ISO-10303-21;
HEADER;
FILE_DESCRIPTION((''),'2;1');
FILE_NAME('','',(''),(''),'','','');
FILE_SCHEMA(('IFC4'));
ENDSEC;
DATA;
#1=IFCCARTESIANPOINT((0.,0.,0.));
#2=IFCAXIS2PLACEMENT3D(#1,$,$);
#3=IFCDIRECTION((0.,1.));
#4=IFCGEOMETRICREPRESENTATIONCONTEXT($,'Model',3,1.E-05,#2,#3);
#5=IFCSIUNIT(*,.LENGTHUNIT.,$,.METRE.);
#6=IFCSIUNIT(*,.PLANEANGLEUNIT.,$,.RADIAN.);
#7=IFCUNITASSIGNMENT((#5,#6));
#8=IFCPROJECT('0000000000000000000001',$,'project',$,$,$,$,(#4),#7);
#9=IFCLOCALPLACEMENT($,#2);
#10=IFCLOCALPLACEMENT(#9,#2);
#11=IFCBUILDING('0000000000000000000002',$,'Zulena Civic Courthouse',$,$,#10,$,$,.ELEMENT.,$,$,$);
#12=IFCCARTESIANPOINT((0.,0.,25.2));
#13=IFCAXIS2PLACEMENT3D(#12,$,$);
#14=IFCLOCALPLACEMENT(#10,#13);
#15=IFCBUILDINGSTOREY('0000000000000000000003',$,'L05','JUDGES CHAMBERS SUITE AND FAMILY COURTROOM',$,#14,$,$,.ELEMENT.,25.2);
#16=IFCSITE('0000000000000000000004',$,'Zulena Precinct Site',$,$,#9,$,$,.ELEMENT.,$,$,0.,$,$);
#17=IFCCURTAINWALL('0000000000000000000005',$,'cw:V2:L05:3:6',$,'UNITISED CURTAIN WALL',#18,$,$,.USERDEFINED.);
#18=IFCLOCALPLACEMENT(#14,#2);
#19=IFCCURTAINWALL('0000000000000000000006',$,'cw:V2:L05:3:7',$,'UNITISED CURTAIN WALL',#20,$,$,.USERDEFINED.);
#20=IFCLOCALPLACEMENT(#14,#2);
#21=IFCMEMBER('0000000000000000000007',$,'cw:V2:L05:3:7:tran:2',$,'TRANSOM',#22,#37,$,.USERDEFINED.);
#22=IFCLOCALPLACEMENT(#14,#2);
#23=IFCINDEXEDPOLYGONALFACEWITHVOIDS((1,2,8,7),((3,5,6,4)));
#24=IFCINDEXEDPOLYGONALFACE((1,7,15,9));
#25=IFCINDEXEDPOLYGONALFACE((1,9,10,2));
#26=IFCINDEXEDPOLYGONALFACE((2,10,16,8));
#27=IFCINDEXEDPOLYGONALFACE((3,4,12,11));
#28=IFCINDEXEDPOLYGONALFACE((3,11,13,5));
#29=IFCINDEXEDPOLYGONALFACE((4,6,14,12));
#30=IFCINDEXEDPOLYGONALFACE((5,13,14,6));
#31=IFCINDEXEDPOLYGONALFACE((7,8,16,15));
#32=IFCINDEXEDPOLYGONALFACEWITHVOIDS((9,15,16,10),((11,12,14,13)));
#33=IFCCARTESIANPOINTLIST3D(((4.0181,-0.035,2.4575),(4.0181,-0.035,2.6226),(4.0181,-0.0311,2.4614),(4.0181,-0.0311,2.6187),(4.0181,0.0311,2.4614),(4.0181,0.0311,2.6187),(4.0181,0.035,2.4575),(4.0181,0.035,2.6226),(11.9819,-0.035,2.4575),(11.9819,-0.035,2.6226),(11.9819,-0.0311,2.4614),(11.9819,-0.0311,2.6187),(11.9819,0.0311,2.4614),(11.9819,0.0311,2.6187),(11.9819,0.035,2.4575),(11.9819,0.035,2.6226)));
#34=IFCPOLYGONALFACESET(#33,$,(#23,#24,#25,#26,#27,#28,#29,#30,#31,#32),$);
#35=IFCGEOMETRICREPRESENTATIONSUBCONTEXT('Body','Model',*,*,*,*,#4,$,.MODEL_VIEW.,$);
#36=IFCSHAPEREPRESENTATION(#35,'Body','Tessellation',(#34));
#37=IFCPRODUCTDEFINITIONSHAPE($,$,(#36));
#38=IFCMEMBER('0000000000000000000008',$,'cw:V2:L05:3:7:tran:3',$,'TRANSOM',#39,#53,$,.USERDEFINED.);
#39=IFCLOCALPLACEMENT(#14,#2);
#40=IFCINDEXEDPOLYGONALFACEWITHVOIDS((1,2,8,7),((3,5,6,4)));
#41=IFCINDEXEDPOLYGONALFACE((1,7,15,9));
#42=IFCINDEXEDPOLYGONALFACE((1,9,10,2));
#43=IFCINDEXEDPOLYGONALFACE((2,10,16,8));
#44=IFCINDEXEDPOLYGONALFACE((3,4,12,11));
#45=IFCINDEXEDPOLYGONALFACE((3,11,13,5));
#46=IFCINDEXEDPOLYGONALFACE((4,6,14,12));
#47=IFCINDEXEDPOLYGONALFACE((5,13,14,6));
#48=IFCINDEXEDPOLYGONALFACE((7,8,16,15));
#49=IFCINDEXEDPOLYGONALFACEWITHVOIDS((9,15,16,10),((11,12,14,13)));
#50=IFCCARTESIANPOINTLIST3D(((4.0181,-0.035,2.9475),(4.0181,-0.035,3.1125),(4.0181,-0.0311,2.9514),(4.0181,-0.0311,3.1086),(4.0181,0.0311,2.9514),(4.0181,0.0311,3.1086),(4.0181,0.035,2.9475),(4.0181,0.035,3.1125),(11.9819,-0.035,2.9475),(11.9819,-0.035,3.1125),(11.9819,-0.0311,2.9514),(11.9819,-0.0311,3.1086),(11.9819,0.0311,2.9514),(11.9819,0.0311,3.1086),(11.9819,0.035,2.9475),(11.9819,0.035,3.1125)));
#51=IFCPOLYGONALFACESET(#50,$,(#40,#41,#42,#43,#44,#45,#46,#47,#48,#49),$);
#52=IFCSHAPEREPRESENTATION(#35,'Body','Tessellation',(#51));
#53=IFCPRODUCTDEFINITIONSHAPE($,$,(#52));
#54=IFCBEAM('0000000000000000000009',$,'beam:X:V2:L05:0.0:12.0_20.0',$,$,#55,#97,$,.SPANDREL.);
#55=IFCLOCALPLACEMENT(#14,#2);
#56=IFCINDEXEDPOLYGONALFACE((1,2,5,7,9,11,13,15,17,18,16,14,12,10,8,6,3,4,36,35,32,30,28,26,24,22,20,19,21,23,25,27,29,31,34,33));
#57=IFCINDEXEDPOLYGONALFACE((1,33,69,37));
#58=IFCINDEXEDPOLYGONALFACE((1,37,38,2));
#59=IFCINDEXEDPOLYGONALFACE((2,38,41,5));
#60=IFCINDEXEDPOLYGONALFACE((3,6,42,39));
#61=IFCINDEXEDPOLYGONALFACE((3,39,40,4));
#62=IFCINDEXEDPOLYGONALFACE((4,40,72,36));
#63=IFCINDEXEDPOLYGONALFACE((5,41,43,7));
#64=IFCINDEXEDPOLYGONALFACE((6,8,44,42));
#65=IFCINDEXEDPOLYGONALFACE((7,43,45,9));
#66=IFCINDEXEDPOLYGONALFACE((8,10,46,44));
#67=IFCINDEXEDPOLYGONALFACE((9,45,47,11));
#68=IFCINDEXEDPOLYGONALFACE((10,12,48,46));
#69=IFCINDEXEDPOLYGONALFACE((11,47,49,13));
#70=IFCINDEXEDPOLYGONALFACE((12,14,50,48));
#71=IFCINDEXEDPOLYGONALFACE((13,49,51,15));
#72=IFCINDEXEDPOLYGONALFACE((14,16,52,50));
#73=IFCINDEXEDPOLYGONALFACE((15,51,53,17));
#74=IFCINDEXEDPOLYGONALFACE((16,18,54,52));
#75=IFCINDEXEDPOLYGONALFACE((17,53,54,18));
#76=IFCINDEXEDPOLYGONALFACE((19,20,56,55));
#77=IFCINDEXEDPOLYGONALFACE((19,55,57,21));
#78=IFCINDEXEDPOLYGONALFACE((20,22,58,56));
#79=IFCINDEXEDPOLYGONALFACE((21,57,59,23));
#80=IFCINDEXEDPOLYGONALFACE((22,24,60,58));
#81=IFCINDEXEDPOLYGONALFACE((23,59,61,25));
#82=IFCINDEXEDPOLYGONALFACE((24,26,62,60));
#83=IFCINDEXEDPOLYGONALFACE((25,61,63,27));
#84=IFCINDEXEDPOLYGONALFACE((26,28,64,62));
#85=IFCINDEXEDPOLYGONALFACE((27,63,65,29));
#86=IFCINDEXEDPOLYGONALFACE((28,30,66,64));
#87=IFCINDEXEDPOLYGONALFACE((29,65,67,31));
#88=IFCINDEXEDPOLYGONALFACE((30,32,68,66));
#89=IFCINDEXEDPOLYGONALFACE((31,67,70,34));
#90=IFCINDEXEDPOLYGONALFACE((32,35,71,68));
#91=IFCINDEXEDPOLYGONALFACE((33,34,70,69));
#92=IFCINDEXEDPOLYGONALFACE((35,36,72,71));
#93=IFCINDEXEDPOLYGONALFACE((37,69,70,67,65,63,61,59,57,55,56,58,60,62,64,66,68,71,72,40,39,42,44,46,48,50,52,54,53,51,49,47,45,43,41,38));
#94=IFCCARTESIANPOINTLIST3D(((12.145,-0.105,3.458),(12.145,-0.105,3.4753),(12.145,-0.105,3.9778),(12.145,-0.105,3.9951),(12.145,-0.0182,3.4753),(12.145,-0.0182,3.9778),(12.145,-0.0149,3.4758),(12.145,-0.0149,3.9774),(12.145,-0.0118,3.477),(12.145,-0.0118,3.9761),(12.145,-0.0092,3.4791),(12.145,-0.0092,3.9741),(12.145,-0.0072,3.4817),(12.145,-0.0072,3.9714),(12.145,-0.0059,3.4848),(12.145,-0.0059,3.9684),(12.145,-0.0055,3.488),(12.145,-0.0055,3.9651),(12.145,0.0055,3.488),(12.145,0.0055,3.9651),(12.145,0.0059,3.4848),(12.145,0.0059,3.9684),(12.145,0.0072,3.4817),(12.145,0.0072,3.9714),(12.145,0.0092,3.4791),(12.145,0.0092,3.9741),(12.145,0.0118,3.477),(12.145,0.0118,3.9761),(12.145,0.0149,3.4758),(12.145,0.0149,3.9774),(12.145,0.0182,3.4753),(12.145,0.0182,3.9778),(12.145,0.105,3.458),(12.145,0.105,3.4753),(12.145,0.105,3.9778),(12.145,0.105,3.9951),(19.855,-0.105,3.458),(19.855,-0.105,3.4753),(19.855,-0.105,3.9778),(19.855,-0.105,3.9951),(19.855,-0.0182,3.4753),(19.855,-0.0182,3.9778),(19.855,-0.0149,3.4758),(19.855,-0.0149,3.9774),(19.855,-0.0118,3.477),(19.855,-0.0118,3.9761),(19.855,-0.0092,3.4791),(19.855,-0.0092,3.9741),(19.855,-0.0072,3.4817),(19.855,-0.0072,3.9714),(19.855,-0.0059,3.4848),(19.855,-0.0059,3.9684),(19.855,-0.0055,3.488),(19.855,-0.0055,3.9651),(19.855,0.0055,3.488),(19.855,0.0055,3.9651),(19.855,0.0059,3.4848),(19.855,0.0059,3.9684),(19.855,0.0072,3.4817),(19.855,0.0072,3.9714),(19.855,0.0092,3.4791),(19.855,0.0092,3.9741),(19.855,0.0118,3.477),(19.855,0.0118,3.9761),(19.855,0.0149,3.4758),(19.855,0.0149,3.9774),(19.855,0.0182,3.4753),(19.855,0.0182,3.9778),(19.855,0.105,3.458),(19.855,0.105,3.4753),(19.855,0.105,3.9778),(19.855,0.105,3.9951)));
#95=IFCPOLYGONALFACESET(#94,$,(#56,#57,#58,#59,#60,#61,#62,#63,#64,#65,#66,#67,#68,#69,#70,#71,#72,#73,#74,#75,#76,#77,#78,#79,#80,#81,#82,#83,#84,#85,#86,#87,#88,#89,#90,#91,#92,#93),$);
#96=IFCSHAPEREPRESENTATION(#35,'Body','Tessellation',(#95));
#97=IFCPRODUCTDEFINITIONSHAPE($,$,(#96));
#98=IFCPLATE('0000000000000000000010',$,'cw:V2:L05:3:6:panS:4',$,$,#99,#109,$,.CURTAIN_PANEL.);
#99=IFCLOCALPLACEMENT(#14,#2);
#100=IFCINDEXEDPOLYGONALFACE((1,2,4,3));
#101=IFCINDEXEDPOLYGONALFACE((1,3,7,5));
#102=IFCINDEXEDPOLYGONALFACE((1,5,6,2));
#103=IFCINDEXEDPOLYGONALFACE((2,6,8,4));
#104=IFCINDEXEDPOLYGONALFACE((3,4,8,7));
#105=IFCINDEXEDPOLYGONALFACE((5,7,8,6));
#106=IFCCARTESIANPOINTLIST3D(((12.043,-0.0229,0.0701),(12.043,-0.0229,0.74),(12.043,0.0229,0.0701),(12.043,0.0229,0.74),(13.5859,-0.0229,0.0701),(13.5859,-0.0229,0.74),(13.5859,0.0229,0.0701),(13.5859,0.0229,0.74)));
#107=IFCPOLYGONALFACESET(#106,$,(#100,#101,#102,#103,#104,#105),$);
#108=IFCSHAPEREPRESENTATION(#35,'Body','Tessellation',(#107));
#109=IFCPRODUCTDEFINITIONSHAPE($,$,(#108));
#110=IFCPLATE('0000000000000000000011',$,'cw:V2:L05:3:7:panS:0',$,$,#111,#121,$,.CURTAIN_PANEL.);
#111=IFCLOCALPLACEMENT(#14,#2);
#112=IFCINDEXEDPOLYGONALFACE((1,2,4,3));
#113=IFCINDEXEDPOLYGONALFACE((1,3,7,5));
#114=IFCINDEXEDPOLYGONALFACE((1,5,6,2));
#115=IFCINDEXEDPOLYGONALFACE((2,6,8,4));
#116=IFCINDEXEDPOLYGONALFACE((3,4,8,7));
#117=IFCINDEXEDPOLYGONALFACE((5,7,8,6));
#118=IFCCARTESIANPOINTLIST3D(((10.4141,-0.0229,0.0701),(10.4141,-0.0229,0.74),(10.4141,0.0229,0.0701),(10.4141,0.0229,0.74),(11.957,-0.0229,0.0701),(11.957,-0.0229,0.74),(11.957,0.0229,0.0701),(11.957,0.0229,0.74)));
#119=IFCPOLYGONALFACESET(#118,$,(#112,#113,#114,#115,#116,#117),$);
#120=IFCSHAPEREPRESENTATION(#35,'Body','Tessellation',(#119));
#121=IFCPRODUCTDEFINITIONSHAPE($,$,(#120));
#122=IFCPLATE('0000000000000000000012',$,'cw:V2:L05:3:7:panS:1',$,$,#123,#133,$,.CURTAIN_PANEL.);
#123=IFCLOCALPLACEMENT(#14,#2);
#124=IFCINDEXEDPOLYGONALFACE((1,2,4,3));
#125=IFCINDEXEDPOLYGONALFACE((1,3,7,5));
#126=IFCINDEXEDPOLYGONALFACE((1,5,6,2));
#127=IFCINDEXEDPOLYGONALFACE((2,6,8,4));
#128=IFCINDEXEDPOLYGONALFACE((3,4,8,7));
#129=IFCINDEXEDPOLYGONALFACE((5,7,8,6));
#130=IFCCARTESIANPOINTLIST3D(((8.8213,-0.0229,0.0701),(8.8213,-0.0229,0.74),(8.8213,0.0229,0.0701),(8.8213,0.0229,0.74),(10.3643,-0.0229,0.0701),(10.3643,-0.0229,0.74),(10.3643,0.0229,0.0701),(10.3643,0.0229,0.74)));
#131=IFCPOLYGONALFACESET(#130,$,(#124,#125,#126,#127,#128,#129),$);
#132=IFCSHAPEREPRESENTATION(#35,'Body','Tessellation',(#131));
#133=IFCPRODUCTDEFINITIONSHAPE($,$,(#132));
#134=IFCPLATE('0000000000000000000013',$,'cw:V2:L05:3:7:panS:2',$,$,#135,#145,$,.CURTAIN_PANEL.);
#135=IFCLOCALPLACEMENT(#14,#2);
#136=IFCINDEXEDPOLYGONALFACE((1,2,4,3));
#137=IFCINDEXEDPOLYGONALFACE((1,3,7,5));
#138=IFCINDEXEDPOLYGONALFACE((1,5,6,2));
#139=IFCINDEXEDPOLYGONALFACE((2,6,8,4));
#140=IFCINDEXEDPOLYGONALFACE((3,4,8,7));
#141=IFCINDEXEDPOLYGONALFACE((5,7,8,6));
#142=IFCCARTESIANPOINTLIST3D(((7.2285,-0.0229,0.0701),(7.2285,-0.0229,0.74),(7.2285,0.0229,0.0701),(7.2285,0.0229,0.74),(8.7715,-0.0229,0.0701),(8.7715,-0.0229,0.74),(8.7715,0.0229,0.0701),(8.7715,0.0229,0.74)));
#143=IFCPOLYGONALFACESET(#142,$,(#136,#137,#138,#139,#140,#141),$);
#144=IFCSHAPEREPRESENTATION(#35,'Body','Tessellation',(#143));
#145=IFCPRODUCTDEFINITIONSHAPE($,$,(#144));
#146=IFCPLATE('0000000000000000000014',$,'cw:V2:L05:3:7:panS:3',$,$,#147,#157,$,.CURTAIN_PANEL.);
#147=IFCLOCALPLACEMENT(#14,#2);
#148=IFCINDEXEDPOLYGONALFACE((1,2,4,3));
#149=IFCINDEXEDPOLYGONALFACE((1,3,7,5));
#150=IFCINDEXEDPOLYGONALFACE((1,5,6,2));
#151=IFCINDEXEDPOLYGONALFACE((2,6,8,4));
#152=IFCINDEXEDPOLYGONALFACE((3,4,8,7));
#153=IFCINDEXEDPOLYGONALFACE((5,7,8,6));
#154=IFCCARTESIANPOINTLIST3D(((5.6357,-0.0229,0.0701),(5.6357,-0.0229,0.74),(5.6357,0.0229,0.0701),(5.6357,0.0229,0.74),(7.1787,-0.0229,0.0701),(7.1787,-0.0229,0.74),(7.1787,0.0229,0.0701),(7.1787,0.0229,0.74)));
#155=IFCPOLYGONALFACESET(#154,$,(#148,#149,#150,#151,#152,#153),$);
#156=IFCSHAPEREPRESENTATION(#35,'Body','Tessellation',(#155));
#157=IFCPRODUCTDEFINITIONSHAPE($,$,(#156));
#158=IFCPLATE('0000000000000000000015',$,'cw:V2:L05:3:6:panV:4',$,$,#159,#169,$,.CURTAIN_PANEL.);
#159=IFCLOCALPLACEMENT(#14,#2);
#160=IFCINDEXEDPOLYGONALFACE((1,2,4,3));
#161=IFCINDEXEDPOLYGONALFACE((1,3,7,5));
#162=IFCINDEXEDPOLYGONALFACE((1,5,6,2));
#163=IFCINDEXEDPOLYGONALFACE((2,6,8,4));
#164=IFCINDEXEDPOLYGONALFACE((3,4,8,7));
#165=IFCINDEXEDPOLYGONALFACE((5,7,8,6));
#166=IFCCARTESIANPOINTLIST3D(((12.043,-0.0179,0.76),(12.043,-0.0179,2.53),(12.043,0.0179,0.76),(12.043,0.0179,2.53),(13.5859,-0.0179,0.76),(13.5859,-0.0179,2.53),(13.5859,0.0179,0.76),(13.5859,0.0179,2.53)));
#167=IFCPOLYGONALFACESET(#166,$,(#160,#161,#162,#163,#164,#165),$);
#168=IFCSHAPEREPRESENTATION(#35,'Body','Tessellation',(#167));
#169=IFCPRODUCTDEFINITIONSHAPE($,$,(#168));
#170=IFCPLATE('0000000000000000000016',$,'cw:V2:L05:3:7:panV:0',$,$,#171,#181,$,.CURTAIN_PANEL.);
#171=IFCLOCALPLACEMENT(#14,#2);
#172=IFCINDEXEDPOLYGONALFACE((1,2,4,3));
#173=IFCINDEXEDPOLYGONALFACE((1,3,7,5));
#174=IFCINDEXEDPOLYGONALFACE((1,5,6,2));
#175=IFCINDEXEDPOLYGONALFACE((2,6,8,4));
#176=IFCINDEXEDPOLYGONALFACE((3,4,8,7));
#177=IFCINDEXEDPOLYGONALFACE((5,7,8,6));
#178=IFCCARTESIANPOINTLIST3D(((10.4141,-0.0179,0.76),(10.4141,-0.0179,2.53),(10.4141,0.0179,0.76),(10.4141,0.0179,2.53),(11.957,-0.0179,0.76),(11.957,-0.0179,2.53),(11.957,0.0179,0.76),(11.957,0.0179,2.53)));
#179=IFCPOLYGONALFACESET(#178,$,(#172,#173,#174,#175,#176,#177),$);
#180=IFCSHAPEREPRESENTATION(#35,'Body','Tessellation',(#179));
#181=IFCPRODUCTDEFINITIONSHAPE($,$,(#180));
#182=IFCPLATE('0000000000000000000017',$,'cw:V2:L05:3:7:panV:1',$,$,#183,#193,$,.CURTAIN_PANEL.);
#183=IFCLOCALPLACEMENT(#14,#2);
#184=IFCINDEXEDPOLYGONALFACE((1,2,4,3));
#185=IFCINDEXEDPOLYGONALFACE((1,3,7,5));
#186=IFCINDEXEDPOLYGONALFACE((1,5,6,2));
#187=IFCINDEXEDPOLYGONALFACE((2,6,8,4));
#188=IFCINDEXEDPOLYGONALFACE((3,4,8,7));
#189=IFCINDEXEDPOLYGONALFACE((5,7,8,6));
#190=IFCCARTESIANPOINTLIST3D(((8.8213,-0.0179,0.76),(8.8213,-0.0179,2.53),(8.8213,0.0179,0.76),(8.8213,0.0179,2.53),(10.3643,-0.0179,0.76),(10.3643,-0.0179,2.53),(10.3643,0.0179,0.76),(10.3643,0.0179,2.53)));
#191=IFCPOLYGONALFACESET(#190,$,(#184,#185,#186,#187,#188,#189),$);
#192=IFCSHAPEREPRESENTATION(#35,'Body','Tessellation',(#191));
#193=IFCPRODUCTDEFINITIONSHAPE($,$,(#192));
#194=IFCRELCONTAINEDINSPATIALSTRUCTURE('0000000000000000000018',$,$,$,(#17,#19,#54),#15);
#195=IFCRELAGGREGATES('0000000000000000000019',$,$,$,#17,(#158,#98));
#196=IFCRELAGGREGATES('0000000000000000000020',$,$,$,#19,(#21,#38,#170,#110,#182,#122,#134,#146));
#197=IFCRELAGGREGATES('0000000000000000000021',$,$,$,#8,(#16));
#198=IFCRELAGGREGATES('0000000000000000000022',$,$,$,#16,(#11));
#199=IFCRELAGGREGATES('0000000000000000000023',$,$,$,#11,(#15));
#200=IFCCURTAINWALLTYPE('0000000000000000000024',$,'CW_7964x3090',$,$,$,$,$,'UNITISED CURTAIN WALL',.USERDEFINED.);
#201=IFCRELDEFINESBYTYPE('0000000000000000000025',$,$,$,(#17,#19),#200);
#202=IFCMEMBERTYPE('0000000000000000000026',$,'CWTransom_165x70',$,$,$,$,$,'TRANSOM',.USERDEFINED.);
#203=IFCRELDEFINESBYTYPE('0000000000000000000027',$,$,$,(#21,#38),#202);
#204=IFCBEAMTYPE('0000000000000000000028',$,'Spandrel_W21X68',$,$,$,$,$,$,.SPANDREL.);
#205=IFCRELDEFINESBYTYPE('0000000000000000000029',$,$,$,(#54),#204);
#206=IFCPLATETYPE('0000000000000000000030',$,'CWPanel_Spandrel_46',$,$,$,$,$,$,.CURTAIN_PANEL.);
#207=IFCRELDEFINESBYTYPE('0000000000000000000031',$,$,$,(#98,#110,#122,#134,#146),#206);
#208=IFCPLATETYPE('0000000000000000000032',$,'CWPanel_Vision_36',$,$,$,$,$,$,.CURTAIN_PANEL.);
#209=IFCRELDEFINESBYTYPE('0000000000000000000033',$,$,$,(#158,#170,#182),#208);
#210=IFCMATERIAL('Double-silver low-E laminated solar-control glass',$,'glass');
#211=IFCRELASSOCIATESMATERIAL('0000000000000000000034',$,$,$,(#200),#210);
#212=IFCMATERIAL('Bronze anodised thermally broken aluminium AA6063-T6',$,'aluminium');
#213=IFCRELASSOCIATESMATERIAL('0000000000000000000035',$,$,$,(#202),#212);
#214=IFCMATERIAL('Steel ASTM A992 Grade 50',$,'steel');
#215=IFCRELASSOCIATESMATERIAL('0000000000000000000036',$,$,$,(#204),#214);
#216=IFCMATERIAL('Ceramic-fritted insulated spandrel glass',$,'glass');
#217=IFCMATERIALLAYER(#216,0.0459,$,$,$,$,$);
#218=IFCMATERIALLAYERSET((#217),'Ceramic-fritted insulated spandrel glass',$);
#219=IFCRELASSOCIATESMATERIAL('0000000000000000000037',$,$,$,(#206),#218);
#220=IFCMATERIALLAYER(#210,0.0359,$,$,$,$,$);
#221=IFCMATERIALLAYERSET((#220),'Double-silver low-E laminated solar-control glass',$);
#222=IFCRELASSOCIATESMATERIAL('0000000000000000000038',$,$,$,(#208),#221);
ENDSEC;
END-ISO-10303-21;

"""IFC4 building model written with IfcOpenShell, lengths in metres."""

from ifc_helpers import new_model, si_unit, direction, frame, origin, origin_2d, place, context, subcontext, project, spatial, rectangle, hollow_rectangle, i_section, extrude, material, layer, layer_set, material_profile, profile_set, type_object, element, aggregate, save


model = new_model("IFC4")

# Units and contexts
model_context = context("Model", 3, precision=1e-05, world=origin(), true_north=direction((0.0, 1.0)))
body_context = subcontext(model_context, "Body", "Model", "MODEL_VIEW")
ifc_project = project(units=[si_unit("LENGTHUNIT", "METRE"), si_unit("PLANEANGLEUNIT", "RADIAN")], contexts=[model_context])

# Site, building, storey
site_placement = place(None, origin())
site = spatial("IfcSite", under=ifc_project, at=site_placement, Name="Zulena Precinct Site", CompositionType="ELEMENT", RefElevation=0.0)
building_placement = place(site_placement, origin())
building = spatial("IfcBuilding", under=site, at=building_placement, Name="Zulena Civic Courthouse", CompositionType="ELEMENT")
storey_placement = place(building_placement, frame((0.0, 0.0, 25.2)))
storey = spatial("IfcBuildingStorey", under=building, at=storey_placement, Name="L05", Description="JUDGES CHAMBERS SUITE AND FAMILY COURTROOM", CompositionType="ELEMENT", Elevation=25.2)

# Shared definitions
ifc_material_1 = material(Name="Steel ASTM A992 Grade 50", Category="steel")

# Curtain wall
ifc_material_2 = material(Name="Double-silver low-E laminated solar-control glass", Category="glass")
curtain_wall_type = type_object("IfcCurtainWallType", Name="CW_7964x3090", ElementType="UNITISED CURTAIN WALL", PredefinedType="USERDEFINED", material=ifc_material_2)
curtain_wall_1_placement = place(storey_placement, origin())
curtain_wall_1 = element("IfcCurtainWall", 1, at=curtain_wall_1_placement, inside=storey, type_object=curtain_wall_type, Name="cw:V2:L05:3:6", ObjectType="UNITISED CURTAIN WALL", PredefinedType="USERDEFINED")
ifc_material_3 = material(Name="Bronze anodised thermally broken aluminium AA6063-T6", Category="aluminium")

# Curtain wall, members
curtain_wall_2_placement = place(storey_placement, origin())
curtain_wall_2 = element("IfcCurtainWall", 2, at=curtain_wall_2_placement, inside=storey, type_object=curtain_wall_type, Name="cw:V2:L05:3:7", ObjectType="UNITISED CURTAIN WALL", PredefinedType="USERDEFINED")
ifc_material_profile_1 = material_profile(ifc_material_3, hollow_rectangle(XDim=0.0701, YDim=0.165, WallThickness=0.0039, at=origin_2d()), Name="CWT165X70X4")
ifc_profile_set_1 = profile_set([ifc_material_profile_1], Name="Bronze anodised thermally broken aluminium AA6063-T6")
member_type_1 = type_object("IfcMemberType", Name="CWTransom_165x70", ElementType="TRANSOM", PredefinedType="USERDEFINED", material=ifc_profile_set_1)
member_1_placement = place(storey_placement, frame((11.9819, 0.0, 2.54), z_axis=(-1.0, 0.0, 0.0), x_axis=(0.0, -1.0, 0.0)))
member_1 = element("IfcMember", 3, at=member_1_placement, type_object=member_type_1, Name="cw:V2:L05:3:7:tran:2", ObjectType="TRANSOM", PredefinedType="USERDEFINED", context=body_context, shape_type="SweptSolid", body=[
    extrude(hollow_rectangle(XDim=0.0701, YDim=0.165, WallThickness=0.0039, at=origin_2d()), origin(), (0.0, 0.0, 1.0), 7.9639),
])
member_2_placement = place(storey_placement, frame((11.9819, 0.0, 3.03), z_axis=(-1.0, 0.0, 0.0), x_axis=(0.0, -1.0, 0.0)))
member_2 = element("IfcMember", 4, at=member_2_placement, type_object=member_type_1, Name="cw:V2:L05:3:7:tran:3", ObjectType="TRANSOM", PredefinedType="USERDEFINED", context=body_context, shape_type="SweptSolid", body=[
    extrude(hollow_rectangle(XDim=0.0701, YDim=0.165, WallThickness=0.0039, at=origin_2d()), origin(), (0.0, 0.0, 1.0), 7.9639),
])

# Beam
ifc_material_profile_2 = material_profile(ifc_material_1, i_section(OverallWidth=0.21, OverallDepth=0.5371, WebThickness=0.011, FlangeThickness=0.0173, FilletRadius=0.0127, at=origin_2d()), Name="W21X68")
ifc_profile_set_2 = profile_set([ifc_material_profile_2], Name="Steel ASTM A992 Grade 50")
beam_type = type_object("IfcBeamType", Name="Spandrel_W21X68", PredefinedType="SPANDREL", material=ifc_profile_set_2)
beam_placement = place(storey_placement, frame((12.145, 0.0, 3.7266), z_axis=(1.0, 0.0, 0.0), x_axis=(0.0, 1.0, 0.0)))
element("IfcBeam", 5, at=beam_placement, inside=storey, type_object=beam_type, Name="beam:X:V2:L05:0.0:12.0_20.0", PredefinedType="SPANDREL", context=body_context, shape_type="SweptSolid", body=[
    extrude(i_section(OverallWidth=0.21, OverallDepth=0.5371, WebThickness=0.011, FlangeThickness=0.0173, FilletRadius=0.0127, at=origin_2d()), origin(), (0.0, 0.0, 1.0), 7.71),
])

# Plates
ifc_material_4 = material(Name="Ceramic-fritted insulated spandrel glass", Category="glass")
ifc_layer_1 = layer(ifc_material_4, 0.0459)
ifc_layer_set_1 = layer_set([ifc_layer_1], Name="Ceramic-fritted insulated spandrel glass")
plate_type_1 = type_object("IfcPlateType", Name="CWPanel_Spandrel_46", PredefinedType="CURTAIN_PANEL", material=ifc_layer_set_1)
plate_1_placement = place(storey_placement, frame((12.8145, 0.0, 0.0701), z_axis=(0.0, 0.0, 1.0), x_axis=(-1.0, 0.0, 0.0)))
plate_1 = element("IfcPlate", 6, at=plate_1_placement, type_object=plate_type_1, Name="cw:V2:L05:3:6:panS:4", PredefinedType="CURTAIN_PANEL", context=body_context, shape_type="SweptSolid", body=[
    extrude(rectangle(XDim=1.543, YDim=0.0459, at=origin_2d()), origin(), (0.0, 0.0, 1.0), 0.6699),
])
plate_2_placement = place(storey_placement, frame((11.1855, 0.0, 0.0701), z_axis=(0.0, 0.0, 1.0), x_axis=(-1.0, 0.0, 0.0)))
plate_2 = element("IfcPlate", 7, at=plate_2_placement, type_object=plate_type_1, Name="cw:V2:L05:3:7:panS:0", PredefinedType="CURTAIN_PANEL", context=body_context, shape_type="SweptSolid", body=[
    extrude(rectangle(XDim=1.543, YDim=0.0459, at=origin_2d()), origin(), (0.0, 0.0, 1.0), 0.6699),
])
plate_3_placement = place(storey_placement, frame((9.5928, 0.0, 0.0701), z_axis=(0.0, 0.0, 1.0), x_axis=(-1.0, 0.0, 0.0)))
plate_3 = element("IfcPlate", 8, at=plate_3_placement, type_object=plate_type_1, Name="cw:V2:L05:3:7:panS:1", PredefinedType="CURTAIN_PANEL", context=body_context, shape_type="SweptSolid", body=[
    extrude(rectangle(XDim=1.543, YDim=0.0459, at=origin_2d()), origin(), (0.0, 0.0, 1.0), 0.6699),
])
plate_4_placement = place(storey_placement, frame((8.0, 0.0, 0.0701), z_axis=(0.0, 0.0, 1.0), x_axis=(-1.0, 0.0, 0.0)))
plate_4 = element("IfcPlate", 9, at=plate_4_placement, type_object=plate_type_1, Name="cw:V2:L05:3:7:panS:2", PredefinedType="CURTAIN_PANEL", context=body_context, shape_type="SweptSolid", body=[
    extrude(rectangle(XDim=1.543, YDim=0.0459, at=origin_2d()), origin(), (0.0, 0.0, 1.0), 0.6699),
])
plate_5_placement = place(storey_placement, frame((6.4072, 0.0, 0.0701), z_axis=(0.0, 0.0, 1.0), x_axis=(-1.0, 0.0, 0.0)))
plate_5 = element("IfcPlate", 10, at=plate_5_placement, type_object=plate_type_1, Name="cw:V2:L05:3:7:panS:3", PredefinedType="CURTAIN_PANEL", context=body_context, shape_type="SweptSolid", body=[
    extrude(rectangle(XDim=1.543, YDim=0.0459, at=origin_2d()), origin(), (0.0, 0.0, 1.0), 0.6699),
])
ifc_layer_2 = layer(ifc_material_2, 0.0359)
ifc_layer_set_2 = layer_set([ifc_layer_2], Name="Double-silver low-E laminated solar-control glass")
plate_type_2 = type_object("IfcPlateType", Name="CWPanel_Vision_36", PredefinedType="CURTAIN_PANEL", material=ifc_layer_set_2)
plate_6_placement = place(storey_placement, frame((12.8145, 0.0, 0.76), z_axis=(0.0, 0.0, 1.0), x_axis=(-1.0, 0.0, 0.0)))
plate_6 = element("IfcPlate", 11, at=plate_6_placement, type_object=plate_type_2, Name="cw:V2:L05:3:6:panV:4", PredefinedType="CURTAIN_PANEL", context=body_context, shape_type="SweptSolid", body=[
    extrude(rectangle(XDim=1.543, YDim=0.0359, at=origin_2d()), origin(), (0.0, 0.0, 1.0), 1.77),
])
aggregate(curtain_wall_1, [plate_6, plate_1])
plate_7_placement = place(storey_placement, frame((11.1855, 0.0, 0.76), z_axis=(0.0, 0.0, 1.0), x_axis=(-1.0, 0.0, 0.0)))
plate_7 = element("IfcPlate", 12, at=plate_7_placement, type_object=plate_type_2, Name="cw:V2:L05:3:7:panV:0", PredefinedType="CURTAIN_PANEL", context=body_context, shape_type="SweptSolid", body=[
    extrude(rectangle(XDim=1.543, YDim=0.0359, at=origin_2d()), origin(), (0.0, 0.0, 1.0), 1.77),
])
plate_8_placement = place(storey_placement, frame((9.5928, 0.0, 0.76), z_axis=(0.0, 0.0, 1.0), x_axis=(-1.0, 0.0, 0.0)))
plate_8 = element("IfcPlate", 13, at=plate_8_placement, type_object=plate_type_2, Name="cw:V2:L05:3:7:panV:1", PredefinedType="CURTAIN_PANEL", context=body_context, shape_type="SweptSolid", body=[
    extrude(rectangle(XDim=1.543, YDim=0.0359, at=origin_2d()), origin(), (0.0, 0.0, 1.0), 1.77),
])
aggregate(curtain_wall_2, [member_1, member_2, plate_7, plate_2, plate_8, plate_3, plate_4, plate_5])

save(model, "model.ifc")
